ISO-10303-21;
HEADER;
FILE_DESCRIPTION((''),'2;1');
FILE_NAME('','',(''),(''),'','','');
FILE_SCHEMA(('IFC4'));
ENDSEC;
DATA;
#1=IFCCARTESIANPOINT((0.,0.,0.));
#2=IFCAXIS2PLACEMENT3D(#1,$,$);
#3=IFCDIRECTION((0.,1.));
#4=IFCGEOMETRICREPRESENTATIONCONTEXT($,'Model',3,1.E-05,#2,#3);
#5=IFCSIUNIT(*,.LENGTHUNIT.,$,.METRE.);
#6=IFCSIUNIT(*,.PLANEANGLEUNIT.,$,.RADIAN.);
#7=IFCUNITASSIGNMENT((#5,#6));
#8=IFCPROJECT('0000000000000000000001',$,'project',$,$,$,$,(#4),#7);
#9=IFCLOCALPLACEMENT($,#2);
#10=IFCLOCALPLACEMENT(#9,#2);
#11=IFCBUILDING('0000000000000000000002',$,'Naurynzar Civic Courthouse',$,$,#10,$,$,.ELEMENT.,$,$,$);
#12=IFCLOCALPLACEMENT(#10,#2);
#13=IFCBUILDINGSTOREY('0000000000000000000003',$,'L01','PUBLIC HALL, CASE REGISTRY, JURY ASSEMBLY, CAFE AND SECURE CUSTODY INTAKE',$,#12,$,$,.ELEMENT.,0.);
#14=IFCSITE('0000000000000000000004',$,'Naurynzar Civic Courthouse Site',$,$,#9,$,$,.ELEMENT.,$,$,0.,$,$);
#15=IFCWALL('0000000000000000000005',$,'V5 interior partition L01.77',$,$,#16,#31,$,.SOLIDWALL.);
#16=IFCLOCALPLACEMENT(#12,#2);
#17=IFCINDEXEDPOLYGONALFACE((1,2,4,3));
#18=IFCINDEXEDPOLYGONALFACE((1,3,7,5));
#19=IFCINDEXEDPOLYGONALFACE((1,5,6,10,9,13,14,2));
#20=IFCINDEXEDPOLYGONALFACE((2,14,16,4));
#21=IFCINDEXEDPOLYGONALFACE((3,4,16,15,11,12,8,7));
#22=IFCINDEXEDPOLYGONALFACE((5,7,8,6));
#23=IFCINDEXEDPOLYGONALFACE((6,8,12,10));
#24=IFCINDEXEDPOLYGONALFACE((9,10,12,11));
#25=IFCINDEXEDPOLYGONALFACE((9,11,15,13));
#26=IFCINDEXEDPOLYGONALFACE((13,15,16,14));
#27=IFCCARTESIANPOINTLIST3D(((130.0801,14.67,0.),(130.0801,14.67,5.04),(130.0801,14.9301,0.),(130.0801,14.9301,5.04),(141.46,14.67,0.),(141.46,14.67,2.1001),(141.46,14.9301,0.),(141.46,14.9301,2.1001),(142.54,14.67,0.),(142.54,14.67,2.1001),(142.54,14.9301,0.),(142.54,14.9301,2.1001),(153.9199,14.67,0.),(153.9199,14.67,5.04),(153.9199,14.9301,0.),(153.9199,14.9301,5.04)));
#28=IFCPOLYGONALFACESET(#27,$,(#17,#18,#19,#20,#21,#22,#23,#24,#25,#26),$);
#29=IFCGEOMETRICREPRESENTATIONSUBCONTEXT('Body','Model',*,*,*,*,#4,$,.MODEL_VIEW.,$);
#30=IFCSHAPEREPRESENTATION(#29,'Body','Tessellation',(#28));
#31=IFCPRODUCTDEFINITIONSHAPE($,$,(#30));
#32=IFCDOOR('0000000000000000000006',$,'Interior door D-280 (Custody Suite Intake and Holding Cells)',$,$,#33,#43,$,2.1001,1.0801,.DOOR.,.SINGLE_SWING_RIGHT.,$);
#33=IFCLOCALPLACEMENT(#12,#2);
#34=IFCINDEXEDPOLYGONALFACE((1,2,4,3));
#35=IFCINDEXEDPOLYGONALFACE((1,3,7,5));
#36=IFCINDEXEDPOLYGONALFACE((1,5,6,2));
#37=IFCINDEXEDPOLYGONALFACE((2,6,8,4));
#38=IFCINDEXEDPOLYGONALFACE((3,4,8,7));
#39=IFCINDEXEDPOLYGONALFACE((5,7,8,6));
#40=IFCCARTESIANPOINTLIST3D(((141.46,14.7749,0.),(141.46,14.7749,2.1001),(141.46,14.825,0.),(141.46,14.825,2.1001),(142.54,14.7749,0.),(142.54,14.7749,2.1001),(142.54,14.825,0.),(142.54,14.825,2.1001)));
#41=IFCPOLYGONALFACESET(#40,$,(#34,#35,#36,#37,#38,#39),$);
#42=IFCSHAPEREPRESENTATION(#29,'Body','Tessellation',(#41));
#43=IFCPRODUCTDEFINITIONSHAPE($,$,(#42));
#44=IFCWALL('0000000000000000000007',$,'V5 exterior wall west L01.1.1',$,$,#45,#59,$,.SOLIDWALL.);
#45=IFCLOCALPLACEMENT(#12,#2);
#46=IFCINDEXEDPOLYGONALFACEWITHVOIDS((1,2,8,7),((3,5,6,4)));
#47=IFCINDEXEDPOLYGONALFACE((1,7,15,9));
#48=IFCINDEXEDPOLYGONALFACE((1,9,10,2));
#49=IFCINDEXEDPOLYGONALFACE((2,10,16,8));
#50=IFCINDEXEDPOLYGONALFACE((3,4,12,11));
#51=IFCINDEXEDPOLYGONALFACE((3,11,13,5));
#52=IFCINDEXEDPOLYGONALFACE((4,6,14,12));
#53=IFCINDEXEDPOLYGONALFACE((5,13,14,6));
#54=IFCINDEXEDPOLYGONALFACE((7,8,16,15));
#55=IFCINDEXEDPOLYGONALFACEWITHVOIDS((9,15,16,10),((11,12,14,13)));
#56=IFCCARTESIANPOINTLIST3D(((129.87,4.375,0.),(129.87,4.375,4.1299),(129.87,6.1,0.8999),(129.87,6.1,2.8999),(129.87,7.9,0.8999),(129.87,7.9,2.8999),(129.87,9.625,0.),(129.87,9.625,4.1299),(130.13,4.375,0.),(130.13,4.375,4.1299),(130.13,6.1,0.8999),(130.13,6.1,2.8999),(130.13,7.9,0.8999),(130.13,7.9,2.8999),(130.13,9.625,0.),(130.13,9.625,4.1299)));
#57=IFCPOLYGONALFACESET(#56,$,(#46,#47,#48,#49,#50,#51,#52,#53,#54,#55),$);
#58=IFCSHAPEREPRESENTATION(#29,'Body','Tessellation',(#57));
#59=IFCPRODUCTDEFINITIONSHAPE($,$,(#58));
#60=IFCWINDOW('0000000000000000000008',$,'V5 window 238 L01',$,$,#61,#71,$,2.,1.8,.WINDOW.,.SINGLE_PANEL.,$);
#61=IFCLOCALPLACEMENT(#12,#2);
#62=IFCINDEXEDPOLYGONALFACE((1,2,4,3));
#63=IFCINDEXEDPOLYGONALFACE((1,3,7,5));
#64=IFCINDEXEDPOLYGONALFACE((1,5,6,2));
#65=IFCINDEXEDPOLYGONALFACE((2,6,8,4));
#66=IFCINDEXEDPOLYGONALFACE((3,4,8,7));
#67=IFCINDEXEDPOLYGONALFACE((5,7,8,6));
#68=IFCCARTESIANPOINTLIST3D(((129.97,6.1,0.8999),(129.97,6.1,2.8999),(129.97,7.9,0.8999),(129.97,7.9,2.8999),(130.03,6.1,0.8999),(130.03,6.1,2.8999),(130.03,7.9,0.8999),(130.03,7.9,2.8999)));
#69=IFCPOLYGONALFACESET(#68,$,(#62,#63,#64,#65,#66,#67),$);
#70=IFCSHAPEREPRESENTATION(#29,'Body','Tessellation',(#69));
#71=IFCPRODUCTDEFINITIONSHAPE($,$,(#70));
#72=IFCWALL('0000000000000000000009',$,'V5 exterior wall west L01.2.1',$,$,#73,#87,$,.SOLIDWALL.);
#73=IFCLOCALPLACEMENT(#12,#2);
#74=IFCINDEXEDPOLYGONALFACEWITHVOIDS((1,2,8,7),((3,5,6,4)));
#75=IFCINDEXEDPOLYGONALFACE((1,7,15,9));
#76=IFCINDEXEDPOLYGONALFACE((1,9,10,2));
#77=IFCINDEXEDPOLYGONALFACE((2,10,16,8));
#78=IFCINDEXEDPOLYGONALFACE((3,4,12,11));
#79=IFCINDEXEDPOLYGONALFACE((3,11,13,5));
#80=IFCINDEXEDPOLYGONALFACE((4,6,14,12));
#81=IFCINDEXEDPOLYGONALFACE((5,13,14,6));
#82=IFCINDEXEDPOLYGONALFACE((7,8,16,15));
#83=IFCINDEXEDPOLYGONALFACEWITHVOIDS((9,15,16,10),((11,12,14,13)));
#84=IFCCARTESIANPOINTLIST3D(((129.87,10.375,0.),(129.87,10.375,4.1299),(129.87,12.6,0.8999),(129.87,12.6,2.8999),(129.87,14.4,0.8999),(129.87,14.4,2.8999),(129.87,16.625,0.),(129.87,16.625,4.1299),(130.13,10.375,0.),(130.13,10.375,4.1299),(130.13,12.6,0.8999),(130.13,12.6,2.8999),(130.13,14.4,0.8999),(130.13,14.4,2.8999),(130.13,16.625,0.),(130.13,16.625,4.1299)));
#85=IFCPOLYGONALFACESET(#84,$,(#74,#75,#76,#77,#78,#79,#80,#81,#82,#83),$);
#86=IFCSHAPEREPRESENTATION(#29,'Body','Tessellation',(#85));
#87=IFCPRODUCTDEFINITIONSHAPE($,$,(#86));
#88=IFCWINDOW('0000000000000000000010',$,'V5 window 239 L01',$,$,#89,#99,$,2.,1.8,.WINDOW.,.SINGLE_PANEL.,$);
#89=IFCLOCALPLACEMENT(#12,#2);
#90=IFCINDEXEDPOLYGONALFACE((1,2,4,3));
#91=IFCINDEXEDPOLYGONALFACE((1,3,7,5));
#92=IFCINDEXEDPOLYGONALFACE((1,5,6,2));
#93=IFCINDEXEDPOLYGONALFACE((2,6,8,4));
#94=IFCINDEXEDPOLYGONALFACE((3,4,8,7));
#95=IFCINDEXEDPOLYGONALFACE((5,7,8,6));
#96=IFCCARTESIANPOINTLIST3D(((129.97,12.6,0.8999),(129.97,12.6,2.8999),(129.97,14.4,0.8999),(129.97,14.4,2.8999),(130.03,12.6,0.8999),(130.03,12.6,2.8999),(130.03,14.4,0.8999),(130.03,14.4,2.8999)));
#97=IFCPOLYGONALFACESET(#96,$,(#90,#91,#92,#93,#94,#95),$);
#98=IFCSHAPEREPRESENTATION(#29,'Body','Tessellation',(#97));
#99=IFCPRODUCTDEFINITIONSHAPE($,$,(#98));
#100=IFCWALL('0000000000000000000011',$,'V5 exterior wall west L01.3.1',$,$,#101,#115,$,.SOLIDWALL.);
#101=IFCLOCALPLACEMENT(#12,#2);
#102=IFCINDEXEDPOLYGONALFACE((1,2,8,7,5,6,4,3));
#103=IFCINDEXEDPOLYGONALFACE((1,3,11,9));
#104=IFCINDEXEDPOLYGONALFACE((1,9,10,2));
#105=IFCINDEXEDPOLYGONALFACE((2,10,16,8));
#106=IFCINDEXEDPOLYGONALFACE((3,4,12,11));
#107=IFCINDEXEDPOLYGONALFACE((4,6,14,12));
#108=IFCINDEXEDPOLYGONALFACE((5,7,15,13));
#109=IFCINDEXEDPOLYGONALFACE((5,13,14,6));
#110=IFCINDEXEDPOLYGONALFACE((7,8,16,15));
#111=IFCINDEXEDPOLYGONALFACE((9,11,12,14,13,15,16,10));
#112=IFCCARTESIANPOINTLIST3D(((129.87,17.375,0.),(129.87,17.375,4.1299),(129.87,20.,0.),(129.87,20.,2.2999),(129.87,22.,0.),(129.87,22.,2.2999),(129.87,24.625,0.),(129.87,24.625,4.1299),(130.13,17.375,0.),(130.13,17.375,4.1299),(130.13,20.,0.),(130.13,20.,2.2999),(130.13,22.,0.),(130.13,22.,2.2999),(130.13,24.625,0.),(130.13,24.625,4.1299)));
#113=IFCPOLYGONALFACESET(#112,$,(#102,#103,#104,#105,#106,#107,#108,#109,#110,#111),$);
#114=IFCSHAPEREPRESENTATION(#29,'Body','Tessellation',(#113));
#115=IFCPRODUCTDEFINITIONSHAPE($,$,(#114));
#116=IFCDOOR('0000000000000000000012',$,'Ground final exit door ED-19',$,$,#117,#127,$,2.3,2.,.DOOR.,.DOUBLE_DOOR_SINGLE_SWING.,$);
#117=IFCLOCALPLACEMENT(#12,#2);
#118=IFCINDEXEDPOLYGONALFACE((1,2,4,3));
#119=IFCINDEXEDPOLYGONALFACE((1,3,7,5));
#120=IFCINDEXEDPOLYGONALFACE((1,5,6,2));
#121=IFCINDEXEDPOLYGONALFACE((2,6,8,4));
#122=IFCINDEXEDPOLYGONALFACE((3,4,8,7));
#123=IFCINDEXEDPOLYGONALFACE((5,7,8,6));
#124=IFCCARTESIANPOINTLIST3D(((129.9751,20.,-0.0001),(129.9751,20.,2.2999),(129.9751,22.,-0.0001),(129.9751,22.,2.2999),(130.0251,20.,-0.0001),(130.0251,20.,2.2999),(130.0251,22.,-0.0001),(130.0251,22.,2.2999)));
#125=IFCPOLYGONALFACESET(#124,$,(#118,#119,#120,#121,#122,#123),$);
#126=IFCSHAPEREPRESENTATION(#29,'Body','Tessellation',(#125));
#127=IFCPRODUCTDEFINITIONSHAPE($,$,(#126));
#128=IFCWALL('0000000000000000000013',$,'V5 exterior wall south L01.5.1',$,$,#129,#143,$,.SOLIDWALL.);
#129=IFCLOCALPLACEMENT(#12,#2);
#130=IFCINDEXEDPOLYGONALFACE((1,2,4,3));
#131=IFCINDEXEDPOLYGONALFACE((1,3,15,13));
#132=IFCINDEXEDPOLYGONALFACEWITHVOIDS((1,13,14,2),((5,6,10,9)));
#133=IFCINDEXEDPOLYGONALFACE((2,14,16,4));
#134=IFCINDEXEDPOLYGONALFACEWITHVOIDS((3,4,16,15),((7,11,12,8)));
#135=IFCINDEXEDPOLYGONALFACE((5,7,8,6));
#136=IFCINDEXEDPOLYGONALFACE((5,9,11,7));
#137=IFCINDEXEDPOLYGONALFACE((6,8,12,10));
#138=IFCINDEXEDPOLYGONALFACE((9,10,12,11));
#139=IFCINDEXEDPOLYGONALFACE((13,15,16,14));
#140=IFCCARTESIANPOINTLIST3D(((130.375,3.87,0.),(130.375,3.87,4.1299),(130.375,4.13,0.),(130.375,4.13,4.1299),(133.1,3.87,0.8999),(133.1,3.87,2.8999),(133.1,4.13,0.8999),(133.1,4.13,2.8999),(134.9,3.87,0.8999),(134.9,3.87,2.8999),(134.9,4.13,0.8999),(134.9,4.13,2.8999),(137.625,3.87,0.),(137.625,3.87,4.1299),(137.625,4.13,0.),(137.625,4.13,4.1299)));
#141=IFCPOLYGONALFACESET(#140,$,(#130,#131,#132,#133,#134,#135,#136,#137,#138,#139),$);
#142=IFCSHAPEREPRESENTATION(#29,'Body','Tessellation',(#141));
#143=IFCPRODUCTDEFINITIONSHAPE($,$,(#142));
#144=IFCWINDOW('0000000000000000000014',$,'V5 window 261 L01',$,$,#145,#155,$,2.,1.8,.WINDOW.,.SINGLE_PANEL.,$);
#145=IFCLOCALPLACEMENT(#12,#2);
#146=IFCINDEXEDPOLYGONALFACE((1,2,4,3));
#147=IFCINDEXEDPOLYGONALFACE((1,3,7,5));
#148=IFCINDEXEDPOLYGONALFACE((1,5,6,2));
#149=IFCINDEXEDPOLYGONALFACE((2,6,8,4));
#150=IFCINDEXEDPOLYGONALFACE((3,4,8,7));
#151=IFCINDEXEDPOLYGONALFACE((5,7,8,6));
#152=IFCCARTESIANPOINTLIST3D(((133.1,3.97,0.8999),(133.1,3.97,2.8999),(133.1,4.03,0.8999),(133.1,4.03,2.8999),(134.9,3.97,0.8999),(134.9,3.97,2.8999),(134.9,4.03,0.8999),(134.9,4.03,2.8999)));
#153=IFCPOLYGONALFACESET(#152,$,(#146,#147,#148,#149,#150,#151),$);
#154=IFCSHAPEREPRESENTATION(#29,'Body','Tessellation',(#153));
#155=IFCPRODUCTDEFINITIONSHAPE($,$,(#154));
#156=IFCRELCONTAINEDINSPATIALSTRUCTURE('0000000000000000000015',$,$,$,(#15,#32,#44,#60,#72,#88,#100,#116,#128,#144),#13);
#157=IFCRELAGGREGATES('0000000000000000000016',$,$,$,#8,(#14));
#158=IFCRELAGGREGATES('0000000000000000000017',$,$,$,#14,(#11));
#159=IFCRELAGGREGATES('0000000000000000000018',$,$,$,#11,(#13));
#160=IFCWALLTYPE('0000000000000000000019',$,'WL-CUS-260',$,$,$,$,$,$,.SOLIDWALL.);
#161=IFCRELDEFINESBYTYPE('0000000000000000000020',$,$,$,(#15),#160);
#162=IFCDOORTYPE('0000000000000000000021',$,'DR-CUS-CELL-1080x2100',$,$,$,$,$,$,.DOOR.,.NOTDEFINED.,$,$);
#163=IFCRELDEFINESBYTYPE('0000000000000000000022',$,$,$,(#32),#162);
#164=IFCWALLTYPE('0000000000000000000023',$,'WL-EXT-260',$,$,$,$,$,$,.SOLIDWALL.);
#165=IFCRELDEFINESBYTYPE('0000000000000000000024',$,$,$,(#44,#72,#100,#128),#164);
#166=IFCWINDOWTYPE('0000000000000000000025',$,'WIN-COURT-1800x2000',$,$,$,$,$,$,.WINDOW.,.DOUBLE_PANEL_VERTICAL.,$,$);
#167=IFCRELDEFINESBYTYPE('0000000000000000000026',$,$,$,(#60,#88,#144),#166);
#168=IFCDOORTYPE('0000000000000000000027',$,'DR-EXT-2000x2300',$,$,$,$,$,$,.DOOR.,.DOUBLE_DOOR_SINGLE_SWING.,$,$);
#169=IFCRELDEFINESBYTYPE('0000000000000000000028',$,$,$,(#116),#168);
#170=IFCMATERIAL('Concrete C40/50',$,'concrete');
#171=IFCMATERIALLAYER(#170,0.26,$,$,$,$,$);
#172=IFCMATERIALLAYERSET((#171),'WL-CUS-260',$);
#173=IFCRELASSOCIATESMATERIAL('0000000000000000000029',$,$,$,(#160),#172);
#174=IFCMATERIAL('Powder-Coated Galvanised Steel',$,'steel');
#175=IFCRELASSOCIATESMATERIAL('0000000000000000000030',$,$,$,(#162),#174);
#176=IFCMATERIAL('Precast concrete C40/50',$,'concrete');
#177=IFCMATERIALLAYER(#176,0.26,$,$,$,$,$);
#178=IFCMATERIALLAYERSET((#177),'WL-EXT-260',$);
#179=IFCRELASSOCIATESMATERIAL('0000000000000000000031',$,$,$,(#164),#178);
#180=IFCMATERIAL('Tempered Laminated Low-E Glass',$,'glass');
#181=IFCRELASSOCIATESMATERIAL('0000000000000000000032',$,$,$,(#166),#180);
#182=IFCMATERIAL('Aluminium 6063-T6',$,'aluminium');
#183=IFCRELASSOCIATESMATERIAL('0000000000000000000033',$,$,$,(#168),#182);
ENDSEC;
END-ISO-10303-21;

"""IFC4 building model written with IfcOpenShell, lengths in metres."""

from ifc_helpers import new_model, si_unit, direction, frame, frame_2d, origin, place, context, subcontext, project, spatial, rectangle, extrude, material, layer, layer_set, type_object, element, fill, save


model = new_model("IFC4")

# Units and contexts
model_context = context("Model", 3, precision=1e-05, world=origin(), true_north=direction((0.0, 1.0)))
body_context = subcontext(model_context, "Body", "Model", "MODEL_VIEW")
ifc_project = project(units=[si_unit("LENGTHUNIT", "METRE"), si_unit("PLANEANGLEUNIT", "RADIAN")], contexts=[model_context])

# Site, building, storey
site_placement = place(None, origin())
site = spatial("IfcSite", under=ifc_project, at=site_placement, Name="Naurynzar Civic Courthouse Site", CompositionType="ELEMENT", RefElevation=0.0)
building_placement = place(site_placement, origin())
building = spatial("IfcBuilding", under=site, at=building_placement, Name="Naurynzar Civic Courthouse", CompositionType="ELEMENT")
storey_placement = place(building_placement, origin())
storey = spatial("IfcBuildingStorey", under=building, at=storey_placement, Name="L01", Description="PUBLIC HALL, CASE REGISTRY, JURY ASSEMBLY, CAFE AND SECURE CUSTODY INTAKE", CompositionType="ELEMENT", Elevation=0.0)

# Wall, opening, door
ifc_material_1 = material(Name="Concrete C40/50", Category="concrete")
ifc_layer_1 = layer(ifc_material_1, 0.26)
ifc_layer_set_1 = layer_set([ifc_layer_1], Name="WL-CUS-260")
wall_type_1 = type_object("IfcWallType", Name="WL-CUS-260", PredefinedType="SOLIDWALL", material=ifc_layer_set_1)
wall_1_placement = place(storey_placement, frame((130.0801, 14.8, 0.0), z_axis=(0.0, 0.0, 1.0), x_axis=(1.0, 0.0, 0.0)))
wall_1 = element("IfcWall", 1, at=wall_1_placement, inside=storey, type_object=wall_type_1, Name="V5 interior partition L01.77", PredefinedType="SOLIDWALL", context=body_context, shape_type="SweptSolid", body=[
    extrude(rectangle(XDim=23.8398, YDim=0.26, at=frame_2d((11.9199, 0.0))), origin(), (0.0, 0.0, 1.0), 5.04),
])
opening_1_placement = place(wall_1_placement, frame((11.3799, 0.0, 0.0)))
opening_1 = element("IfcOpeningElement", 2, at=opening_1_placement, cuts=wall_1, PredefinedType="OPENING", context=body_context, shape_type="SweptSolid", body=[
    extrude(rectangle(XDim=1.0801, YDim=2.1001, at=frame_2d((0.54, 1.05))), frame((0.0, 0.1399, 0.0), z_axis=(0.0, -1.0, 0.0), x_axis=(1.0, 0.0, 0.0)), (0.0, 0.0, 1.0), 0.28),
])
ifc_material_2 = material(Name="Powder-Coated Galvanised Steel", Category="steel")
door_type_1 = type_object("IfcDoorType", Name="DR-CUS-CELL-1080x2100", OperationType="NOTDEFINED", PredefinedType="DOOR", material=ifc_material_2)
door_1_placement = place(opening_1_placement, origin())
door_1 = element("IfcDoor", 3, at=door_1_placement, inside=storey, type_object=door_type_1, Name="Interior door D-280 (Custody Suite Intake and Holding Cells)", OperationType="SINGLE_SWING_RIGHT", OverallHeight=2.1001, OverallWidth=1.0801, PredefinedType="DOOR", context=body_context, shape_type="SweptSolid", body=[
    extrude(rectangle(XDim=1.0801, YDim=2.1001, at=frame_2d((0.54, 1.05))), frame((0.0, 0.0249, 0.0), z_axis=(0.0, -1.0, 0.0), x_axis=(1.0, 0.0, 0.0)), (0.0, 0.0, 1.0), 0.05),
])
fill(opening_1, door_1)

# Walls, openings, windows
ifc_material_3 = material(Name="Precast concrete C40/50", Category="concrete")
ifc_layer_2 = layer(ifc_material_3, 0.26)
ifc_layer_set_2 = layer_set([ifc_layer_2], Name="WL-EXT-260")
wall_type_2 = type_object("IfcWallType", Name="WL-EXT-260", PredefinedType="SOLIDWALL", material=ifc_layer_set_2)
wall_2_placement = place(storey_placement, frame((130.0, 4.375, 0.0), z_axis=(0.0, 0.0, 1.0), x_axis=(0.0, 1.0, 0.0)))
wall_2 = element("IfcWall", 4, at=wall_2_placement, inside=storey, type_object=wall_type_2, Name="V5 exterior wall west L01.1.1", PredefinedType="SOLIDWALL", context=body_context, shape_type="SweptSolid", body=[
    extrude(rectangle(XDim=5.25, YDim=0.26, at=frame_2d((2.625, 0.0))), origin(), (0.0, 0.0, 1.0), 4.1299),
])
opening_2_placement = place(wall_2_placement, frame((1.7251, 0.0, 0.8999)))
opening_2 = element("IfcOpeningElement", 5, at=opening_2_placement, cuts=wall_2, PredefinedType="OPENING", context=body_context, shape_type="SweptSolid", body=[
    extrude(rectangle(XDim=1.8, YDim=2.0, at=frame_2d((0.8999, 1.0))), frame((0.0, 0.1399, 0.0), z_axis=(0.0, -1.0, 0.0), x_axis=(1.0, 0.0, 0.0)), (0.0, 0.0, 1.0), 0.28),
])
ifc_material_4 = material(Name="Tempered Laminated Low-E Glass", Category="glass")
window_type = type_object("IfcWindowType", Name="WIN-COURT-1800x2000", PartitioningType="DOUBLE_PANEL_VERTICAL", PredefinedType="WINDOW", material=ifc_material_4)
window_1_placement = place(opening_2_placement, origin())
window_1 = element("IfcWindow", 6, at=window_1_placement, inside=storey, type_object=window_type, Name="V5 window 238 L01", OverallHeight=2.0, OverallWidth=1.8, PartitioningType="SINGLE_PANEL", PredefinedType="WINDOW", context=body_context, shape_type="SweptSolid", body=[
    extrude(rectangle(XDim=1.8, YDim=2.0, at=frame_2d((0.8999, 1.0))), frame((0.0, 0.03, 0.0), z_axis=(0.0, -1.0, 0.0), x_axis=(1.0, 0.0, 0.0)), (0.0, 0.0, 1.0), 0.0601),
])
fill(opening_2, window_1)
wall_3_placement = place(storey_placement, frame((130.0, 10.375, 0.0), z_axis=(0.0, 0.0, 1.0), x_axis=(0.0, 1.0, 0.0)))
wall_3 = element("IfcWall", 7, at=wall_3_placement, inside=storey, type_object=wall_type_2, Name="V5 exterior wall west L01.2.1", PredefinedType="SOLIDWALL", context=body_context, shape_type="SweptSolid", body=[
    extrude(rectangle(XDim=6.25, YDim=0.26, at=frame_2d((3.125, 0.0))), origin(), (0.0, 0.0, 1.0), 4.1299),
])
opening_3_placement = place(wall_3_placement, frame((2.2251, 0.0, 0.8999)))
opening_3 = element("IfcOpeningElement", 8, at=opening_3_placement, cuts=wall_3, PredefinedType="OPENING", context=body_context, shape_type="SweptSolid", body=[
    extrude(rectangle(XDim=1.8, YDim=2.0, at=frame_2d((0.8999, 1.0))), frame((0.0, 0.1399, 0.0), z_axis=(0.0, -1.0, 0.0), x_axis=(1.0, 0.0, 0.0)), (0.0, 0.0, 1.0), 0.28),
])
window_2_placement = place(opening_3_placement, origin())
window_2 = element("IfcWindow", 9, at=window_2_placement, inside=storey, type_object=window_type, Name="V5 window 239 L01", OverallHeight=2.0, OverallWidth=1.8, PartitioningType="SINGLE_PANEL", PredefinedType="WINDOW", context=body_context, shape_type="SweptSolid", body=[
    extrude(rectangle(XDim=1.8, YDim=2.0, at=frame_2d((0.8999, 1.0))), frame((0.0, 0.03, 0.0), z_axis=(0.0, -1.0, 0.0), x_axis=(1.0, 0.0, 0.0)), (0.0, 0.0, 1.0), 0.0601),
])
fill(opening_3, window_2)

# Wall, opening, door
wall_4_placement = place(storey_placement, frame((130.0, 17.375, 0.0), z_axis=(0.0, 0.0, 1.0), x_axis=(0.0, 1.0, 0.0)))
wall_4 = element("IfcWall", 10, at=wall_4_placement, inside=storey, type_object=wall_type_2, Name="V5 exterior wall west L01.3.1", PredefinedType="SOLIDWALL", context=body_context, shape_type="SweptSolid", body=[
    extrude(rectangle(XDim=7.25, YDim=0.26, at=frame_2d((3.625, 0.0))), origin(), (0.0, 0.0, 1.0), 4.1299),
])
opening_4_placement = place(wall_4_placement, frame((2.625, 0.0, 0.0)))
opening_4 = element("IfcOpeningElement", 11, at=opening_4_placement, cuts=wall_4, PredefinedType="OPENING", context=body_context, shape_type="SweptSolid", body=[
    extrude(rectangle(XDim=2.0, YDim=2.3, at=frame_2d((1.0, 1.1499))), frame((0.0, 0.1399, 0.0), z_axis=(0.0, -1.0, 0.0), x_axis=(1.0, 0.0, 0.0)), (0.0, 0.0, 1.0), 0.28),
])
ifc_material_5 = material(Name="Aluminium 6063-T6", Category="aluminium")
door_type_2 = type_object("IfcDoorType", Name="DR-EXT-2000x2300", OperationType="DOUBLE_DOOR_SINGLE_SWING", PredefinedType="DOOR", material=ifc_material_5)
door_2_placement = place(opening_4_placement, origin())
door_2 = element("IfcDoor", 12, at=door_2_placement, inside=storey, type_object=door_type_2, Name="Ground final exit door ED-19", OperationType="DOUBLE_DOOR_SINGLE_SWING", OverallHeight=2.3, OverallWidth=2.0, PredefinedType="DOOR", context=body_context, shape_type="SweptSolid", body=[
    extrude(rectangle(XDim=2.0, YDim=2.3, at=frame_2d((1.0, 1.1499))), frame((0.0, 0.0249, 0.0), z_axis=(0.0, -1.0, 0.0), x_axis=(1.0, 0.0, 0.0)), (0.0, 0.0, 1.0), 0.05),
])
fill(opening_4, door_2)

# Wall, opening, window
wall_5_placement = place(storey_placement, frame((137.625, 4.0, 0.0), z_axis=(0.0, 0.0, 1.0), x_axis=(-1.0, 0.0, 0.0)))
wall_5 = element("IfcWall", 13, at=wall_5_placement, inside=storey, type_object=wall_type_2, Name="V5 exterior wall south L01.5.1", PredefinedType="SOLIDWALL", context=body_context, shape_type="SweptSolid", body=[
    extrude(rectangle(XDim=7.25, YDim=0.26, at=frame_2d((3.625, 0.0))), origin(), (0.0, 0.0, 1.0), 4.1299),
])
opening_5_placement = place(wall_5_placement, frame((2.7251, 0.0, 0.8999)))
opening_5 = element("IfcOpeningElement", 14, at=opening_5_placement, cuts=wall_5, PredefinedType="OPENING", context=body_context, shape_type="SweptSolid", body=[
    extrude(rectangle(XDim=1.8, YDim=2.0, at=frame_2d((0.8999, 1.0))), frame((0.0, 0.1399, 0.0), z_axis=(0.0, -1.0, 0.0), x_axis=(1.0, 0.0, 0.0)), (0.0, 0.0, 1.0), 0.28),
])
window_3_placement = place(opening_5_placement, origin())
window_3 = element("IfcWindow", 15, at=window_3_placement, inside=storey, type_object=window_type, Name="V5 window 261 L01", OverallHeight=2.0, OverallWidth=1.8, PartitioningType="SINGLE_PANEL", PredefinedType="WINDOW", context=body_context, shape_type="SweptSolid", body=[
    extrude(rectangle(XDim=1.8, YDim=2.0, at=frame_2d((0.8999, 1.0))), frame((0.0, 0.03, 0.0), z_axis=(0.0, -1.0, 0.0), x_axis=(1.0, 0.0, 0.0)), (0.0, 0.0, 1.0), 0.0601),
])
fill(opening_5, window_3)

save(model, "model.ifc")
